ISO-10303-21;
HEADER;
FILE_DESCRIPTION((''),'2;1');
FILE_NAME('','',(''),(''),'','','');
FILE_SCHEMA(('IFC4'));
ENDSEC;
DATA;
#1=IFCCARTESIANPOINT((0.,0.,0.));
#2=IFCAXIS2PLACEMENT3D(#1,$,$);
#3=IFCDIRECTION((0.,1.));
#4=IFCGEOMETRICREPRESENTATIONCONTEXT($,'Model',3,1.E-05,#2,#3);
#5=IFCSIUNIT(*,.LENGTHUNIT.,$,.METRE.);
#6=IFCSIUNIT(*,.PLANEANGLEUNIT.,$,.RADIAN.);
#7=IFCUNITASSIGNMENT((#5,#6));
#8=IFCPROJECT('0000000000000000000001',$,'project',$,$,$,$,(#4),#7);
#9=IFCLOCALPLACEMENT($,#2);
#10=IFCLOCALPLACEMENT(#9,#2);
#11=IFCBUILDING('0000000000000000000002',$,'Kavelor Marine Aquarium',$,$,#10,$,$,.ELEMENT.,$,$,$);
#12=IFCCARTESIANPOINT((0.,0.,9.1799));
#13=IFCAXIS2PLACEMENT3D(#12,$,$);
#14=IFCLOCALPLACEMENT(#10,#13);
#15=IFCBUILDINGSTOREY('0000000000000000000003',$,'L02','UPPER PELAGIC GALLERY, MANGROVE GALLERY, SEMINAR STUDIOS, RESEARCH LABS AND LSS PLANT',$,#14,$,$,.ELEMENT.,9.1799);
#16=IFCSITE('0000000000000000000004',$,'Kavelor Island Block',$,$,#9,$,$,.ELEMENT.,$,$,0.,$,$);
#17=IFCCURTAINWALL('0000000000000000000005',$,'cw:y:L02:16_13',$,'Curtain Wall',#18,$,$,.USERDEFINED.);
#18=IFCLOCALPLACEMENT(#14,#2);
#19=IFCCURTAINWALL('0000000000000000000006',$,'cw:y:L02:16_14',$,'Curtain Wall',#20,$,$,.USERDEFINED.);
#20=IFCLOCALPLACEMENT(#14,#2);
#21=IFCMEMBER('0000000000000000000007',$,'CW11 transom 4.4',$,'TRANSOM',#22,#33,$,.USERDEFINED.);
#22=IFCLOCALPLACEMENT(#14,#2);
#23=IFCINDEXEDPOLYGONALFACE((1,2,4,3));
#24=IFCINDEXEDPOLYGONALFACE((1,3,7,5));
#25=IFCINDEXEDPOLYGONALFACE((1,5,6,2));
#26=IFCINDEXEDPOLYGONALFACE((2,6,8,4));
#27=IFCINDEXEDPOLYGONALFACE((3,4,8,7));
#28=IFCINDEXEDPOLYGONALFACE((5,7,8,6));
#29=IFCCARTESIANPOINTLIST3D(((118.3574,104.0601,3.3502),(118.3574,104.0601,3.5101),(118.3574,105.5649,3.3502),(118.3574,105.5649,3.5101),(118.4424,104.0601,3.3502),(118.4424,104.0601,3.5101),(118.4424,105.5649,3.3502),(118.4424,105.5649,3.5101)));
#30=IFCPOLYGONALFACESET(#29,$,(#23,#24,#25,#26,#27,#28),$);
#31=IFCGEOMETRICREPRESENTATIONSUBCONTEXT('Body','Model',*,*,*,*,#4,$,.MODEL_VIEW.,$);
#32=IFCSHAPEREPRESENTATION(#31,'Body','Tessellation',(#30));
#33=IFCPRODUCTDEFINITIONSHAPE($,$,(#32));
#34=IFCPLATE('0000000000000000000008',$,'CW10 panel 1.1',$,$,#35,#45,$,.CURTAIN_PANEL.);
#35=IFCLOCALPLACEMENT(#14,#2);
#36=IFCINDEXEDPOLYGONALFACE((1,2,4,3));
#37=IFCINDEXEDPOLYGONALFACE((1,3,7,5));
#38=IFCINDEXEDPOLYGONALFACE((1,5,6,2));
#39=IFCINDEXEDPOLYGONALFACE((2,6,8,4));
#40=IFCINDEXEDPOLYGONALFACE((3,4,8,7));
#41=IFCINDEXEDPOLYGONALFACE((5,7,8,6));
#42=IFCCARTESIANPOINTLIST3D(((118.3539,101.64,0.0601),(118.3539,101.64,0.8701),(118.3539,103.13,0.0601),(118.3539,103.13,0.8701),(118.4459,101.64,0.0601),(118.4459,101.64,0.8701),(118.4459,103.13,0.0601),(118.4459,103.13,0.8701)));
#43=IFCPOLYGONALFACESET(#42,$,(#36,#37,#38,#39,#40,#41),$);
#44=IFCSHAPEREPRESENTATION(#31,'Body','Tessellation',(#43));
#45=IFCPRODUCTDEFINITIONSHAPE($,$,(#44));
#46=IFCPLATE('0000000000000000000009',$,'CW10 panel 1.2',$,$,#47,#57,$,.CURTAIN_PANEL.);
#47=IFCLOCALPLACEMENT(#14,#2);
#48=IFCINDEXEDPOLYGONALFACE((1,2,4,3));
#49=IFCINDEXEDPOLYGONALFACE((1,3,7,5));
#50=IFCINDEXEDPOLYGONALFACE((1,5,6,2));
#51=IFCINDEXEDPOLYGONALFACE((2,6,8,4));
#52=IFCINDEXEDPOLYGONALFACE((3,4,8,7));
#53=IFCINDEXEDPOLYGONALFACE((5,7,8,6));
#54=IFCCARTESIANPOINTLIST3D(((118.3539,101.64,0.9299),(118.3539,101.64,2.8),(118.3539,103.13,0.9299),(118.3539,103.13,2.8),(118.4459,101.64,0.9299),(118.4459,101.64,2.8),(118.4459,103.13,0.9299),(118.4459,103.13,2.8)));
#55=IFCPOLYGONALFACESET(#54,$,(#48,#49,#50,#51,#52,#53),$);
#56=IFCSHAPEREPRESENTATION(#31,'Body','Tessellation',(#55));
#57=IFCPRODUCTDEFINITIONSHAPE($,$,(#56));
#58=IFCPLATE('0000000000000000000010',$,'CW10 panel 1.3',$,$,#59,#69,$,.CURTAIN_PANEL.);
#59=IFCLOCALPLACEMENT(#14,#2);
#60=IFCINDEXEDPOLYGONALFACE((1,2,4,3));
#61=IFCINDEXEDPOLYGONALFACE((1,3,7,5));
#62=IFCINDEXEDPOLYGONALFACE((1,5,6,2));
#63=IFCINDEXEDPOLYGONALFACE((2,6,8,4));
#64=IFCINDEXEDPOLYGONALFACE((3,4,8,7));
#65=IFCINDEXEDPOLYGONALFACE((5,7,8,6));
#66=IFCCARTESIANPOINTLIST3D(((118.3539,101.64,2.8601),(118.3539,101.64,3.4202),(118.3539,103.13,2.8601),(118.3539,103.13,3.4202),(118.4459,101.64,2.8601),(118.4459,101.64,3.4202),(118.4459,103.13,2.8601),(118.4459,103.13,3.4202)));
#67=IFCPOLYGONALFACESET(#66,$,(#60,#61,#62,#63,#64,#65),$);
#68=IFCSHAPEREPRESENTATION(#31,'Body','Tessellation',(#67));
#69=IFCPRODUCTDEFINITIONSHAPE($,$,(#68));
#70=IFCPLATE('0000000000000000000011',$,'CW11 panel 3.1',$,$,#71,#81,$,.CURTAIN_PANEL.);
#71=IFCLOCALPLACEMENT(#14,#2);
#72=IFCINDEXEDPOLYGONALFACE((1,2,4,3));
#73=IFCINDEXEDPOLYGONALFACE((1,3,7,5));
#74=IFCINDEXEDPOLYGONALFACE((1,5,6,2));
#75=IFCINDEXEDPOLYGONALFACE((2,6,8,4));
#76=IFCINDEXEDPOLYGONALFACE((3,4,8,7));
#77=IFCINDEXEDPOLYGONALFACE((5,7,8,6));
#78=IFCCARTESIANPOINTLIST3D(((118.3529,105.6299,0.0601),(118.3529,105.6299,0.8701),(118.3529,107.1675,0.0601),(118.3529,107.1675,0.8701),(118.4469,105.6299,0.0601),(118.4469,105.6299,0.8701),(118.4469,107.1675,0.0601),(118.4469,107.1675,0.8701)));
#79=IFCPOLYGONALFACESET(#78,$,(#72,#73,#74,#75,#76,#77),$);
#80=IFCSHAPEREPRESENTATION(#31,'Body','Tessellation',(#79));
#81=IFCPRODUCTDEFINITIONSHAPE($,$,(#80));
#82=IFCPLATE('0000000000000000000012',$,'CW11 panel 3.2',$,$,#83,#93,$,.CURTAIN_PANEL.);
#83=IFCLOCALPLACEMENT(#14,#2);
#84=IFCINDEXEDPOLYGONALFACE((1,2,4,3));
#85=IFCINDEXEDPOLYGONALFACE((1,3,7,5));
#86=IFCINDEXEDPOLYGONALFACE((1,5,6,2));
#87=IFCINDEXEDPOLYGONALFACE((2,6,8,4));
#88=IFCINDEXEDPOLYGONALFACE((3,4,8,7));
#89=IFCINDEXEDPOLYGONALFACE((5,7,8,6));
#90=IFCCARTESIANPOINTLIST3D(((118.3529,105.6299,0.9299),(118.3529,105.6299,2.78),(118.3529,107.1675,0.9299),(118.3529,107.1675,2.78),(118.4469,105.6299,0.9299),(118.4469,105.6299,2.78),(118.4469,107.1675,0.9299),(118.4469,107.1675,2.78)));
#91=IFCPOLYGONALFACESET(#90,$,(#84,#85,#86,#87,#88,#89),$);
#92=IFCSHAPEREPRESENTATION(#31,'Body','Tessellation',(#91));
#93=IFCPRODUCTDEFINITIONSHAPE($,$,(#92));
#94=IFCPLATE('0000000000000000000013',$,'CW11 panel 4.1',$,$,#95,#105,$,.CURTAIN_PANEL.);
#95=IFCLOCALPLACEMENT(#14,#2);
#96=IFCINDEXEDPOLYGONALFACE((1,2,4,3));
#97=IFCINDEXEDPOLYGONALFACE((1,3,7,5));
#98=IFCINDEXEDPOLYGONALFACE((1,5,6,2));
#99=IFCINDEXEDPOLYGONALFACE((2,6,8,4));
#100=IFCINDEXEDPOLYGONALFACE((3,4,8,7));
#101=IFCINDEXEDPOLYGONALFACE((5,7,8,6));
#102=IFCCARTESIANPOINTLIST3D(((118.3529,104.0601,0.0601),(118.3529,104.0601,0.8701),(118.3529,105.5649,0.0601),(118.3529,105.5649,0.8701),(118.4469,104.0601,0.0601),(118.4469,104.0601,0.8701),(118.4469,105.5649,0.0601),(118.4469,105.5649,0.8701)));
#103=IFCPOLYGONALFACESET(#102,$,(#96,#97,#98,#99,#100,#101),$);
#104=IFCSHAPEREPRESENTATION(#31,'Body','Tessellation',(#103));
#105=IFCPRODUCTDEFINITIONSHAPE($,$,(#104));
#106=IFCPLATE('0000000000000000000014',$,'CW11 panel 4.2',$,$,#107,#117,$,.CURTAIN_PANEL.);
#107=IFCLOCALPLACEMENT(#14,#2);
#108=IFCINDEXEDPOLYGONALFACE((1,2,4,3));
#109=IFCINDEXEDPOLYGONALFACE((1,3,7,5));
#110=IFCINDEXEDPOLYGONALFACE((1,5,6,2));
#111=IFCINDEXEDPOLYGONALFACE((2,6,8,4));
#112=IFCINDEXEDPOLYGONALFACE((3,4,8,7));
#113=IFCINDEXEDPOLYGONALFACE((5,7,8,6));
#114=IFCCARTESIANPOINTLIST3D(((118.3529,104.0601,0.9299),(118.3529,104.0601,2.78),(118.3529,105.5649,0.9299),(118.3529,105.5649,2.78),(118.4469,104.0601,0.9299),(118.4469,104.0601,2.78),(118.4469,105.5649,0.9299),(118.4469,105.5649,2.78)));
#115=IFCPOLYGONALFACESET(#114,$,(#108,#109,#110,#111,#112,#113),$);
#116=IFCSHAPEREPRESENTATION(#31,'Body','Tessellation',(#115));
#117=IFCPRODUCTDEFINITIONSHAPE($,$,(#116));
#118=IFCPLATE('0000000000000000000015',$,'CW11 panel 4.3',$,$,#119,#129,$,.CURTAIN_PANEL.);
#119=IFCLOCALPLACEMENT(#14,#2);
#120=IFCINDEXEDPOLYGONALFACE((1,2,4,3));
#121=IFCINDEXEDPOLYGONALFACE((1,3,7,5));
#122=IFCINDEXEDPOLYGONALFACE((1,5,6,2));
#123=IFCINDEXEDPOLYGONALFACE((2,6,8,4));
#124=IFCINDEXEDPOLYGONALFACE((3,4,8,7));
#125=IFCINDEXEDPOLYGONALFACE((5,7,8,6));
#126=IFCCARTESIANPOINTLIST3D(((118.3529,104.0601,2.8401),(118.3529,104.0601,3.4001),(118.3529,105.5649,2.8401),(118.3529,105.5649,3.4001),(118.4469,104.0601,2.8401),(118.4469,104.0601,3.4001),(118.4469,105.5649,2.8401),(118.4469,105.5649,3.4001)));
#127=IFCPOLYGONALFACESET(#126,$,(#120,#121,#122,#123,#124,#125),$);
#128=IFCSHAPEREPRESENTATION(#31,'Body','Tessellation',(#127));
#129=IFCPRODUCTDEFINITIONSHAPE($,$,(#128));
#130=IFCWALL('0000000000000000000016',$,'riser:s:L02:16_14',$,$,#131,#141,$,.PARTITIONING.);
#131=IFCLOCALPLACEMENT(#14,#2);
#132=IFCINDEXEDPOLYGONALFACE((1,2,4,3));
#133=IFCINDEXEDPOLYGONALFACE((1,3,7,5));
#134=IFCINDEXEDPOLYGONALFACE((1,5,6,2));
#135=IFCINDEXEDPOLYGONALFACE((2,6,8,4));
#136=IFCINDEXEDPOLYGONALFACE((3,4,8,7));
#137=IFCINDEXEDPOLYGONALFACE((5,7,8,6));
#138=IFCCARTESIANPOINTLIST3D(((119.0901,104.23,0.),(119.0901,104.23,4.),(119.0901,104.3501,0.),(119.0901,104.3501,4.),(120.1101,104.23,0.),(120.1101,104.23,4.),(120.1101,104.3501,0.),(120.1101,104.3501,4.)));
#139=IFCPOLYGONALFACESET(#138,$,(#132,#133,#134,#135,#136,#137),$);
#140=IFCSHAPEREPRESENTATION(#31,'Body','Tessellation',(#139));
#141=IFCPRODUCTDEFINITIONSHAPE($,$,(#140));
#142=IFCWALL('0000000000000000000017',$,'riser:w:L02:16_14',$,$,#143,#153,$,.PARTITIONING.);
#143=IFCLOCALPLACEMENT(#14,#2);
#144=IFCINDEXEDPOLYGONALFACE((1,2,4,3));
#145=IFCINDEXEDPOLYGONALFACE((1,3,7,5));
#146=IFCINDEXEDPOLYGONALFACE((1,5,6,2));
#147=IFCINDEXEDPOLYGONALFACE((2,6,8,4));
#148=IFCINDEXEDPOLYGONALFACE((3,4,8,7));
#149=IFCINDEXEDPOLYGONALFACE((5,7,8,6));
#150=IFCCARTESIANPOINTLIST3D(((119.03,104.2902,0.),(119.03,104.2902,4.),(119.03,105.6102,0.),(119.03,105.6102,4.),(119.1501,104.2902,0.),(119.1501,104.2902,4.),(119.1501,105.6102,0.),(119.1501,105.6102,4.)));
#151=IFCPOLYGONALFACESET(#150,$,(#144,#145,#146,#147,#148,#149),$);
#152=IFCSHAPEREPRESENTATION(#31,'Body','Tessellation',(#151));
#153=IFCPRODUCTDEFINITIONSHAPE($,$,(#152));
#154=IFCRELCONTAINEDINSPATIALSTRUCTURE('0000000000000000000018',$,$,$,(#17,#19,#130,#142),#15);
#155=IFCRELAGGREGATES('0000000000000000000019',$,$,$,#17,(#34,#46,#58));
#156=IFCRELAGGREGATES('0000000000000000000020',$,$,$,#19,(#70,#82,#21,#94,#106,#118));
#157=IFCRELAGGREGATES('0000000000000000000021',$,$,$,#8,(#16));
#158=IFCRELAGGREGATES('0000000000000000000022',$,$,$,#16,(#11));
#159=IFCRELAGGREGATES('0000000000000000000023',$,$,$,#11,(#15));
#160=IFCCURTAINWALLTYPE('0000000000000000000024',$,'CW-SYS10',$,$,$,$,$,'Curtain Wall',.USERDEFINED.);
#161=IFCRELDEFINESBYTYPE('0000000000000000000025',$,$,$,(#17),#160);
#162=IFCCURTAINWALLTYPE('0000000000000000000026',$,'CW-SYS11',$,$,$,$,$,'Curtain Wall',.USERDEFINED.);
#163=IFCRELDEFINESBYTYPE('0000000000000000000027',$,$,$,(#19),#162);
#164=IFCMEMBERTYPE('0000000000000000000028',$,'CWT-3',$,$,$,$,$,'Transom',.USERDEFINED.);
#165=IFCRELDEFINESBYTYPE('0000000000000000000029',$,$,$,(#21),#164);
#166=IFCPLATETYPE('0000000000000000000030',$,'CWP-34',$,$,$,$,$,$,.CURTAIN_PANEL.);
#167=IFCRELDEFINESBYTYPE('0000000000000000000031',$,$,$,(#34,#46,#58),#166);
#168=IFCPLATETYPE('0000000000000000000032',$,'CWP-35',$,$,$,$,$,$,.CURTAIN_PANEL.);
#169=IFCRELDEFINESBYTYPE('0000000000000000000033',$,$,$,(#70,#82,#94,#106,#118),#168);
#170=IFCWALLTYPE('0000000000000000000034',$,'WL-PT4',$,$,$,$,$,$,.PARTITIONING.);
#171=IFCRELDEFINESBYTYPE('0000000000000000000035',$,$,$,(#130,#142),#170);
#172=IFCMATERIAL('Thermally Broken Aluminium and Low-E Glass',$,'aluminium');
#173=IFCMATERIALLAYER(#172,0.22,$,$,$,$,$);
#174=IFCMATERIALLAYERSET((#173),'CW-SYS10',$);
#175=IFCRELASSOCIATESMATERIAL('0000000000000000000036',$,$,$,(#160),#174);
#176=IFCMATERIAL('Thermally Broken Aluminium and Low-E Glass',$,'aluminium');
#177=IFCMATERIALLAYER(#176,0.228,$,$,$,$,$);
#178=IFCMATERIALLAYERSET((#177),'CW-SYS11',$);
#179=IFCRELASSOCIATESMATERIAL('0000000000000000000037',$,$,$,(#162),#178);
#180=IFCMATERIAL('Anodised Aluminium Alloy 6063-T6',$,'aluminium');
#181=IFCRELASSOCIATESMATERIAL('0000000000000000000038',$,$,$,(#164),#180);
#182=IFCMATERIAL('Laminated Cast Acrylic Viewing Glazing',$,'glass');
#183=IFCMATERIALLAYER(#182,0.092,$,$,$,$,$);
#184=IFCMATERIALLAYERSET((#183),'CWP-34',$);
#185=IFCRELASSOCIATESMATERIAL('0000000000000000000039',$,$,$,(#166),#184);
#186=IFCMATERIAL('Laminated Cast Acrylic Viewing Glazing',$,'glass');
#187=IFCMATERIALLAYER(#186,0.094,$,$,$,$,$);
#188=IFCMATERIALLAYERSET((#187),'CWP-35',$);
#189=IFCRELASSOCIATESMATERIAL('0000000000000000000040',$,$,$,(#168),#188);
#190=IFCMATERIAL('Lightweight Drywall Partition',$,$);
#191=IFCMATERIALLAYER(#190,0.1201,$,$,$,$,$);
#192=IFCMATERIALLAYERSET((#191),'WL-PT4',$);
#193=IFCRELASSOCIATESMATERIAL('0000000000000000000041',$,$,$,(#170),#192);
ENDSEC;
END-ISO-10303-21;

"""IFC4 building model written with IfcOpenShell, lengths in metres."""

from ifc_helpers import new_model, si_unit, direction, frame, frame_2d, origin, origin_2d, place, context, subcontext, project, spatial, rectangle, extrude, material, layer, layer_set, material_profile, profile_set, type_object, element, aggregate, save


model = new_model("IFC4")

# Units and contexts
model_context = context("Model", 3, precision=1e-05, world=origin(), true_north=direction((0.0, 1.0)))
body_context = subcontext(model_context, "Body", "Model", "MODEL_VIEW")
ifc_project = project(units=[si_unit("LENGTHUNIT", "METRE"), si_unit("PLANEANGLEUNIT", "RADIAN")], contexts=[model_context])

# Site, building, storey
site_placement = place(None, origin())
site = spatial("IfcSite", under=ifc_project, at=site_placement, Name="Kavelor Island Block", CompositionType="ELEMENT", RefElevation=0.0)
building_placement = place(site_placement, origin())
building = spatial("IfcBuilding", under=site, at=building_placement, Name="Kavelor Marine Aquarium", CompositionType="ELEMENT")
storey_placement = place(building_placement, frame((0.0, 0.0, 9.1799)))
storey = spatial("IfcBuildingStorey", under=building, at=storey_placement, Name="L02", Description="UPPER PELAGIC GALLERY, MANGROVE GALLERY, SEMINAR STUDIOS, RESEARCH LABS AND LSS PLANT", CompositionType="ELEMENT", Elevation=9.1799)

# Curtain walls
ifc_material_1 = material(Name="Thermally Broken Aluminium and Low-E Glass", Category="aluminium")
ifc_layer_1 = layer(ifc_material_1, 0.22)
ifc_layer_set_1 = layer_set([ifc_layer_1], Name="CW-SYS10")
curtain_wall_type_1 = type_object("IfcCurtainWallType", Name="CW-SYS10", ElementType="Curtain Wall", PredefinedType="USERDEFINED", material=ifc_layer_set_1)
curtain_wall_1_placement = place(storey_placement, origin())
curtain_wall_1 = element("IfcCurtainWall", 1, at=curtain_wall_1_placement, inside=storey, type_object=curtain_wall_type_1, Name="cw:y:L02:16_13", ObjectType="Curtain Wall", PredefinedType="USERDEFINED")
ifc_material_2 = material(Name="Thermally Broken Aluminium and Low-E Glass", Category="aluminium")
ifc_layer_2 = layer(ifc_material_2, 0.228)
ifc_layer_set_2 = layer_set([ifc_layer_2], Name="CW-SYS11")
curtain_wall_type_2 = type_object("IfcCurtainWallType", Name="CW-SYS11", ElementType="Curtain Wall", PredefinedType="USERDEFINED", material=ifc_layer_set_2)
curtain_wall_2_placement = place(storey_placement, origin())
curtain_wall_2 = element("IfcCurtainWall", 2, at=curtain_wall_2_placement, inside=storey, type_object=curtain_wall_type_2, Name="cw:y:L02:16_14", ObjectType="Curtain Wall", PredefinedType="USERDEFINED")

# Member
ifc_material_3 = material(Name="Anodised Aluminium Alloy 6063-T6", Category="aluminium")
ifc_material_profile_1 = material_profile(ifc_material_3, rectangle(XDim=0.085, YDim=0.1599, at=origin_2d()), Name="CW-TRN 85x160")
ifc_profile_set_1 = profile_set([ifc_material_profile_1], Name="Anodised Aluminium Alloy 6063-T6")
member_type_1 = type_object("IfcMemberType", Name="CWT-3", ElementType="Transom", PredefinedType="USERDEFINED", material=ifc_profile_set_1)
member_1_placement = place(storey_placement, frame((118.3999, 105.5649, 3.4302), z_axis=(0.0, -1.0, 0.0), x_axis=(1.0, 0.0, 0.0)))
member_1 = element("IfcMember", 3, at=member_1_placement, type_object=member_type_1, Name="CW11 transom 4.4", ObjectType="TRANSOM", PredefinedType="USERDEFINED", context=body_context, shape_type="SweptSolid", body=[
    extrude(rectangle(XDim=0.085, YDim=0.1599, at=origin_2d()), origin(), (0.0, 0.0, 1.0), 1.5049),
])

# Plates
ifc_material_4 = material(Name="Laminated Cast Acrylic Viewing Glazing", Category="glass")
ifc_layer_3 = layer(ifc_material_4, 0.092)
ifc_layer_set_3 = layer_set([ifc_layer_3], Name="CWP-34")
plate_type_1 = type_object("IfcPlateType", Name="CWP-34", PredefinedType="CURTAIN_PANEL", material=ifc_layer_set_3)
plate_1_placement = place(storey_placement, frame((118.3999, 102.385, 0.0601), z_axis=(0.0, 0.0, 1.0), x_axis=(0.0, -1.0, 0.0)))
plate_1 = element("IfcPlate", 4, at=plate_1_placement, type_object=plate_type_1, Name="CW10 panel 1.1", PredefinedType="CURTAIN_PANEL", context=body_context, shape_type="SweptSolid", body=[
    extrude(rectangle(XDim=1.49, YDim=0.092, at=origin_2d()), origin(), (0.0, 0.0, 1.0), 0.8101),
])
plate_2_placement = place(storey_placement, frame((118.3999, 102.385, 0.9299), z_axis=(0.0, 0.0, 1.0), x_axis=(0.0, -1.0, 0.0)))
plate_2 = element("IfcPlate", 5, at=plate_2_placement, type_object=plate_type_1, Name="CW10 panel 1.2", PredefinedType="CURTAIN_PANEL", context=body_context, shape_type="SweptSolid", body=[
    extrude(rectangle(XDim=1.49, YDim=0.092, at=origin_2d()), origin(), (0.0, 0.0, 1.0), 1.8701),
])
plate_3_placement = place(storey_placement, frame((118.3999, 102.385, 2.8601), z_axis=(0.0, 0.0, 1.0), x_axis=(0.0, -1.0, 0.0)))
plate_3 = element("IfcPlate", 6, at=plate_3_placement, type_object=plate_type_1, Name="CW10 panel 1.3", PredefinedType="CURTAIN_PANEL", context=body_context, shape_type="SweptSolid", body=[
    extrude(rectangle(XDim=1.49, YDim=0.092, at=origin_2d()), origin(), (0.0, 0.0, 1.0), 0.5601),
])
aggregate(curtain_wall_1, [plate_1, plate_2, plate_3])
ifc_material_5 = material(Name="Laminated Cast Acrylic Viewing Glazing", Category="glass")
ifc_layer_4 = layer(ifc_material_5, 0.094)
ifc_layer_set_4 = layer_set([ifc_layer_4], Name="CWP-35")
plate_type_2 = type_object("IfcPlateType", Name="CWP-35", PredefinedType="CURTAIN_PANEL", material=ifc_layer_set_4)
plate_4_placement = place(storey_placement, frame((118.3999, 106.3987, 0.0601), z_axis=(0.0, 0.0, 1.0), x_axis=(0.0, -1.0, 0.0)))
plate_4 = element("IfcPlate", 7, at=plate_4_placement, type_object=plate_type_2, Name="CW11 panel 3.1", PredefinedType="CURTAIN_PANEL", context=body_context, shape_type="SweptSolid", body=[
    extrude(rectangle(XDim=1.5376, YDim=0.094, at=origin_2d()), origin(), (0.0, 0.0, 1.0), 0.8101),
])
plate_5_placement = place(storey_placement, frame((118.3999, 106.3987, 0.9299), z_axis=(0.0, 0.0, 1.0), x_axis=(0.0, -1.0, 0.0)))
plate_5 = element("IfcPlate", 8, at=plate_5_placement, type_object=plate_type_2, Name="CW11 panel 3.2", PredefinedType="CURTAIN_PANEL", context=body_context, shape_type="SweptSolid", body=[
    extrude(rectangle(XDim=1.5376, YDim=0.094, at=origin_2d()), origin(), (0.0, 0.0, 1.0), 1.8501),
])
plate_6_placement = place(storey_placement, frame((118.3999, 104.8125, 0.0601), z_axis=(0.0, 0.0, 1.0), x_axis=(0.0, -1.0, 0.0)))
plate_6 = element("IfcPlate", 9, at=plate_6_placement, type_object=plate_type_2, Name="CW11 panel 4.1", PredefinedType="CURTAIN_PANEL", context=body_context, shape_type="SweptSolid", body=[
    extrude(rectangle(XDim=1.5049, YDim=0.094, at=origin_2d()), origin(), (0.0, 0.0, 1.0), 0.8101),
])
plate_7_placement = place(storey_placement, frame((118.3999, 104.8125, 0.9299), z_axis=(0.0, 0.0, 1.0), x_axis=(0.0, -1.0, 0.0)))
plate_7 = element("IfcPlate", 10, at=plate_7_placement, type_object=plate_type_2, Name="CW11 panel 4.2", PredefinedType="CURTAIN_PANEL", context=body_context, shape_type="SweptSolid", body=[
    extrude(rectangle(XDim=1.5049, YDim=0.094, at=origin_2d()), origin(), (0.0, 0.0, 1.0), 1.8501),
])
plate_8_placement = place(storey_placement, frame((118.3999, 104.8125, 2.8401), z_axis=(0.0, 0.0, 1.0), x_axis=(0.0, -1.0, 0.0)))
plate_8 = element("IfcPlate", 11, at=plate_8_placement, type_object=plate_type_2, Name="CW11 panel 4.3", PredefinedType="CURTAIN_PANEL", context=body_context, shape_type="SweptSolid", body=[
    extrude(rectangle(XDim=1.5049, YDim=0.094, at=origin_2d()), origin(), (0.0, 0.0, 1.0), 0.5601),
])
aggregate(curtain_wall_2, [plate_4, plate_5, member_1, plate_6, plate_7, plate_8])

# Walls
ifc_material_6 = material(Name="Lightweight Drywall Partition")
ifc_layer_5 = layer(ifc_material_6, 0.1201)
ifc_layer_set_5 = layer_set([ifc_layer_5], Name="WL-PT4")
wall_type = type_object("IfcWallType", Name="WL-PT4", PredefinedType="PARTITIONING", material=ifc_layer_set_5)
wall_1_placement = place(storey_placement, frame((119.0901, 104.29, 0.0), z_axis=(0.0, 0.0, 1.0), x_axis=(1.0, 0.0, 0.0)))
element("IfcWall", 12, at=wall_1_placement, inside=storey, type_object=wall_type, Name="riser:s:L02:16_14", PredefinedType="PARTITIONING", context=body_context, shape_type="SweptSolid", body=[
    extrude(rectangle(XDim=1.02, YDim=0.1201, at=frame_2d((0.51, 0.0))), origin(), (0.0, 0.0, 1.0), 4.0),
])
wall_2_placement = place(storey_placement, frame((119.0901, 104.29, 0.0), z_axis=(0.0, 0.0, 1.0), x_axis=(0.0, 1.0, 0.0)))
element("IfcWall", 13, at=wall_2_placement, inside=storey, type_object=wall_type, Name="riser:w:L02:16_14", PredefinedType="PARTITIONING", context=body_context, shape_type="SweptSolid", body=[
    extrude(rectangle(XDim=1.3201, YDim=0.1201, at=frame_2d((0.6602, 0.0))), origin(), (0.0, 0.0, 1.0), 4.0),
])

save(model, "model.ifc")
